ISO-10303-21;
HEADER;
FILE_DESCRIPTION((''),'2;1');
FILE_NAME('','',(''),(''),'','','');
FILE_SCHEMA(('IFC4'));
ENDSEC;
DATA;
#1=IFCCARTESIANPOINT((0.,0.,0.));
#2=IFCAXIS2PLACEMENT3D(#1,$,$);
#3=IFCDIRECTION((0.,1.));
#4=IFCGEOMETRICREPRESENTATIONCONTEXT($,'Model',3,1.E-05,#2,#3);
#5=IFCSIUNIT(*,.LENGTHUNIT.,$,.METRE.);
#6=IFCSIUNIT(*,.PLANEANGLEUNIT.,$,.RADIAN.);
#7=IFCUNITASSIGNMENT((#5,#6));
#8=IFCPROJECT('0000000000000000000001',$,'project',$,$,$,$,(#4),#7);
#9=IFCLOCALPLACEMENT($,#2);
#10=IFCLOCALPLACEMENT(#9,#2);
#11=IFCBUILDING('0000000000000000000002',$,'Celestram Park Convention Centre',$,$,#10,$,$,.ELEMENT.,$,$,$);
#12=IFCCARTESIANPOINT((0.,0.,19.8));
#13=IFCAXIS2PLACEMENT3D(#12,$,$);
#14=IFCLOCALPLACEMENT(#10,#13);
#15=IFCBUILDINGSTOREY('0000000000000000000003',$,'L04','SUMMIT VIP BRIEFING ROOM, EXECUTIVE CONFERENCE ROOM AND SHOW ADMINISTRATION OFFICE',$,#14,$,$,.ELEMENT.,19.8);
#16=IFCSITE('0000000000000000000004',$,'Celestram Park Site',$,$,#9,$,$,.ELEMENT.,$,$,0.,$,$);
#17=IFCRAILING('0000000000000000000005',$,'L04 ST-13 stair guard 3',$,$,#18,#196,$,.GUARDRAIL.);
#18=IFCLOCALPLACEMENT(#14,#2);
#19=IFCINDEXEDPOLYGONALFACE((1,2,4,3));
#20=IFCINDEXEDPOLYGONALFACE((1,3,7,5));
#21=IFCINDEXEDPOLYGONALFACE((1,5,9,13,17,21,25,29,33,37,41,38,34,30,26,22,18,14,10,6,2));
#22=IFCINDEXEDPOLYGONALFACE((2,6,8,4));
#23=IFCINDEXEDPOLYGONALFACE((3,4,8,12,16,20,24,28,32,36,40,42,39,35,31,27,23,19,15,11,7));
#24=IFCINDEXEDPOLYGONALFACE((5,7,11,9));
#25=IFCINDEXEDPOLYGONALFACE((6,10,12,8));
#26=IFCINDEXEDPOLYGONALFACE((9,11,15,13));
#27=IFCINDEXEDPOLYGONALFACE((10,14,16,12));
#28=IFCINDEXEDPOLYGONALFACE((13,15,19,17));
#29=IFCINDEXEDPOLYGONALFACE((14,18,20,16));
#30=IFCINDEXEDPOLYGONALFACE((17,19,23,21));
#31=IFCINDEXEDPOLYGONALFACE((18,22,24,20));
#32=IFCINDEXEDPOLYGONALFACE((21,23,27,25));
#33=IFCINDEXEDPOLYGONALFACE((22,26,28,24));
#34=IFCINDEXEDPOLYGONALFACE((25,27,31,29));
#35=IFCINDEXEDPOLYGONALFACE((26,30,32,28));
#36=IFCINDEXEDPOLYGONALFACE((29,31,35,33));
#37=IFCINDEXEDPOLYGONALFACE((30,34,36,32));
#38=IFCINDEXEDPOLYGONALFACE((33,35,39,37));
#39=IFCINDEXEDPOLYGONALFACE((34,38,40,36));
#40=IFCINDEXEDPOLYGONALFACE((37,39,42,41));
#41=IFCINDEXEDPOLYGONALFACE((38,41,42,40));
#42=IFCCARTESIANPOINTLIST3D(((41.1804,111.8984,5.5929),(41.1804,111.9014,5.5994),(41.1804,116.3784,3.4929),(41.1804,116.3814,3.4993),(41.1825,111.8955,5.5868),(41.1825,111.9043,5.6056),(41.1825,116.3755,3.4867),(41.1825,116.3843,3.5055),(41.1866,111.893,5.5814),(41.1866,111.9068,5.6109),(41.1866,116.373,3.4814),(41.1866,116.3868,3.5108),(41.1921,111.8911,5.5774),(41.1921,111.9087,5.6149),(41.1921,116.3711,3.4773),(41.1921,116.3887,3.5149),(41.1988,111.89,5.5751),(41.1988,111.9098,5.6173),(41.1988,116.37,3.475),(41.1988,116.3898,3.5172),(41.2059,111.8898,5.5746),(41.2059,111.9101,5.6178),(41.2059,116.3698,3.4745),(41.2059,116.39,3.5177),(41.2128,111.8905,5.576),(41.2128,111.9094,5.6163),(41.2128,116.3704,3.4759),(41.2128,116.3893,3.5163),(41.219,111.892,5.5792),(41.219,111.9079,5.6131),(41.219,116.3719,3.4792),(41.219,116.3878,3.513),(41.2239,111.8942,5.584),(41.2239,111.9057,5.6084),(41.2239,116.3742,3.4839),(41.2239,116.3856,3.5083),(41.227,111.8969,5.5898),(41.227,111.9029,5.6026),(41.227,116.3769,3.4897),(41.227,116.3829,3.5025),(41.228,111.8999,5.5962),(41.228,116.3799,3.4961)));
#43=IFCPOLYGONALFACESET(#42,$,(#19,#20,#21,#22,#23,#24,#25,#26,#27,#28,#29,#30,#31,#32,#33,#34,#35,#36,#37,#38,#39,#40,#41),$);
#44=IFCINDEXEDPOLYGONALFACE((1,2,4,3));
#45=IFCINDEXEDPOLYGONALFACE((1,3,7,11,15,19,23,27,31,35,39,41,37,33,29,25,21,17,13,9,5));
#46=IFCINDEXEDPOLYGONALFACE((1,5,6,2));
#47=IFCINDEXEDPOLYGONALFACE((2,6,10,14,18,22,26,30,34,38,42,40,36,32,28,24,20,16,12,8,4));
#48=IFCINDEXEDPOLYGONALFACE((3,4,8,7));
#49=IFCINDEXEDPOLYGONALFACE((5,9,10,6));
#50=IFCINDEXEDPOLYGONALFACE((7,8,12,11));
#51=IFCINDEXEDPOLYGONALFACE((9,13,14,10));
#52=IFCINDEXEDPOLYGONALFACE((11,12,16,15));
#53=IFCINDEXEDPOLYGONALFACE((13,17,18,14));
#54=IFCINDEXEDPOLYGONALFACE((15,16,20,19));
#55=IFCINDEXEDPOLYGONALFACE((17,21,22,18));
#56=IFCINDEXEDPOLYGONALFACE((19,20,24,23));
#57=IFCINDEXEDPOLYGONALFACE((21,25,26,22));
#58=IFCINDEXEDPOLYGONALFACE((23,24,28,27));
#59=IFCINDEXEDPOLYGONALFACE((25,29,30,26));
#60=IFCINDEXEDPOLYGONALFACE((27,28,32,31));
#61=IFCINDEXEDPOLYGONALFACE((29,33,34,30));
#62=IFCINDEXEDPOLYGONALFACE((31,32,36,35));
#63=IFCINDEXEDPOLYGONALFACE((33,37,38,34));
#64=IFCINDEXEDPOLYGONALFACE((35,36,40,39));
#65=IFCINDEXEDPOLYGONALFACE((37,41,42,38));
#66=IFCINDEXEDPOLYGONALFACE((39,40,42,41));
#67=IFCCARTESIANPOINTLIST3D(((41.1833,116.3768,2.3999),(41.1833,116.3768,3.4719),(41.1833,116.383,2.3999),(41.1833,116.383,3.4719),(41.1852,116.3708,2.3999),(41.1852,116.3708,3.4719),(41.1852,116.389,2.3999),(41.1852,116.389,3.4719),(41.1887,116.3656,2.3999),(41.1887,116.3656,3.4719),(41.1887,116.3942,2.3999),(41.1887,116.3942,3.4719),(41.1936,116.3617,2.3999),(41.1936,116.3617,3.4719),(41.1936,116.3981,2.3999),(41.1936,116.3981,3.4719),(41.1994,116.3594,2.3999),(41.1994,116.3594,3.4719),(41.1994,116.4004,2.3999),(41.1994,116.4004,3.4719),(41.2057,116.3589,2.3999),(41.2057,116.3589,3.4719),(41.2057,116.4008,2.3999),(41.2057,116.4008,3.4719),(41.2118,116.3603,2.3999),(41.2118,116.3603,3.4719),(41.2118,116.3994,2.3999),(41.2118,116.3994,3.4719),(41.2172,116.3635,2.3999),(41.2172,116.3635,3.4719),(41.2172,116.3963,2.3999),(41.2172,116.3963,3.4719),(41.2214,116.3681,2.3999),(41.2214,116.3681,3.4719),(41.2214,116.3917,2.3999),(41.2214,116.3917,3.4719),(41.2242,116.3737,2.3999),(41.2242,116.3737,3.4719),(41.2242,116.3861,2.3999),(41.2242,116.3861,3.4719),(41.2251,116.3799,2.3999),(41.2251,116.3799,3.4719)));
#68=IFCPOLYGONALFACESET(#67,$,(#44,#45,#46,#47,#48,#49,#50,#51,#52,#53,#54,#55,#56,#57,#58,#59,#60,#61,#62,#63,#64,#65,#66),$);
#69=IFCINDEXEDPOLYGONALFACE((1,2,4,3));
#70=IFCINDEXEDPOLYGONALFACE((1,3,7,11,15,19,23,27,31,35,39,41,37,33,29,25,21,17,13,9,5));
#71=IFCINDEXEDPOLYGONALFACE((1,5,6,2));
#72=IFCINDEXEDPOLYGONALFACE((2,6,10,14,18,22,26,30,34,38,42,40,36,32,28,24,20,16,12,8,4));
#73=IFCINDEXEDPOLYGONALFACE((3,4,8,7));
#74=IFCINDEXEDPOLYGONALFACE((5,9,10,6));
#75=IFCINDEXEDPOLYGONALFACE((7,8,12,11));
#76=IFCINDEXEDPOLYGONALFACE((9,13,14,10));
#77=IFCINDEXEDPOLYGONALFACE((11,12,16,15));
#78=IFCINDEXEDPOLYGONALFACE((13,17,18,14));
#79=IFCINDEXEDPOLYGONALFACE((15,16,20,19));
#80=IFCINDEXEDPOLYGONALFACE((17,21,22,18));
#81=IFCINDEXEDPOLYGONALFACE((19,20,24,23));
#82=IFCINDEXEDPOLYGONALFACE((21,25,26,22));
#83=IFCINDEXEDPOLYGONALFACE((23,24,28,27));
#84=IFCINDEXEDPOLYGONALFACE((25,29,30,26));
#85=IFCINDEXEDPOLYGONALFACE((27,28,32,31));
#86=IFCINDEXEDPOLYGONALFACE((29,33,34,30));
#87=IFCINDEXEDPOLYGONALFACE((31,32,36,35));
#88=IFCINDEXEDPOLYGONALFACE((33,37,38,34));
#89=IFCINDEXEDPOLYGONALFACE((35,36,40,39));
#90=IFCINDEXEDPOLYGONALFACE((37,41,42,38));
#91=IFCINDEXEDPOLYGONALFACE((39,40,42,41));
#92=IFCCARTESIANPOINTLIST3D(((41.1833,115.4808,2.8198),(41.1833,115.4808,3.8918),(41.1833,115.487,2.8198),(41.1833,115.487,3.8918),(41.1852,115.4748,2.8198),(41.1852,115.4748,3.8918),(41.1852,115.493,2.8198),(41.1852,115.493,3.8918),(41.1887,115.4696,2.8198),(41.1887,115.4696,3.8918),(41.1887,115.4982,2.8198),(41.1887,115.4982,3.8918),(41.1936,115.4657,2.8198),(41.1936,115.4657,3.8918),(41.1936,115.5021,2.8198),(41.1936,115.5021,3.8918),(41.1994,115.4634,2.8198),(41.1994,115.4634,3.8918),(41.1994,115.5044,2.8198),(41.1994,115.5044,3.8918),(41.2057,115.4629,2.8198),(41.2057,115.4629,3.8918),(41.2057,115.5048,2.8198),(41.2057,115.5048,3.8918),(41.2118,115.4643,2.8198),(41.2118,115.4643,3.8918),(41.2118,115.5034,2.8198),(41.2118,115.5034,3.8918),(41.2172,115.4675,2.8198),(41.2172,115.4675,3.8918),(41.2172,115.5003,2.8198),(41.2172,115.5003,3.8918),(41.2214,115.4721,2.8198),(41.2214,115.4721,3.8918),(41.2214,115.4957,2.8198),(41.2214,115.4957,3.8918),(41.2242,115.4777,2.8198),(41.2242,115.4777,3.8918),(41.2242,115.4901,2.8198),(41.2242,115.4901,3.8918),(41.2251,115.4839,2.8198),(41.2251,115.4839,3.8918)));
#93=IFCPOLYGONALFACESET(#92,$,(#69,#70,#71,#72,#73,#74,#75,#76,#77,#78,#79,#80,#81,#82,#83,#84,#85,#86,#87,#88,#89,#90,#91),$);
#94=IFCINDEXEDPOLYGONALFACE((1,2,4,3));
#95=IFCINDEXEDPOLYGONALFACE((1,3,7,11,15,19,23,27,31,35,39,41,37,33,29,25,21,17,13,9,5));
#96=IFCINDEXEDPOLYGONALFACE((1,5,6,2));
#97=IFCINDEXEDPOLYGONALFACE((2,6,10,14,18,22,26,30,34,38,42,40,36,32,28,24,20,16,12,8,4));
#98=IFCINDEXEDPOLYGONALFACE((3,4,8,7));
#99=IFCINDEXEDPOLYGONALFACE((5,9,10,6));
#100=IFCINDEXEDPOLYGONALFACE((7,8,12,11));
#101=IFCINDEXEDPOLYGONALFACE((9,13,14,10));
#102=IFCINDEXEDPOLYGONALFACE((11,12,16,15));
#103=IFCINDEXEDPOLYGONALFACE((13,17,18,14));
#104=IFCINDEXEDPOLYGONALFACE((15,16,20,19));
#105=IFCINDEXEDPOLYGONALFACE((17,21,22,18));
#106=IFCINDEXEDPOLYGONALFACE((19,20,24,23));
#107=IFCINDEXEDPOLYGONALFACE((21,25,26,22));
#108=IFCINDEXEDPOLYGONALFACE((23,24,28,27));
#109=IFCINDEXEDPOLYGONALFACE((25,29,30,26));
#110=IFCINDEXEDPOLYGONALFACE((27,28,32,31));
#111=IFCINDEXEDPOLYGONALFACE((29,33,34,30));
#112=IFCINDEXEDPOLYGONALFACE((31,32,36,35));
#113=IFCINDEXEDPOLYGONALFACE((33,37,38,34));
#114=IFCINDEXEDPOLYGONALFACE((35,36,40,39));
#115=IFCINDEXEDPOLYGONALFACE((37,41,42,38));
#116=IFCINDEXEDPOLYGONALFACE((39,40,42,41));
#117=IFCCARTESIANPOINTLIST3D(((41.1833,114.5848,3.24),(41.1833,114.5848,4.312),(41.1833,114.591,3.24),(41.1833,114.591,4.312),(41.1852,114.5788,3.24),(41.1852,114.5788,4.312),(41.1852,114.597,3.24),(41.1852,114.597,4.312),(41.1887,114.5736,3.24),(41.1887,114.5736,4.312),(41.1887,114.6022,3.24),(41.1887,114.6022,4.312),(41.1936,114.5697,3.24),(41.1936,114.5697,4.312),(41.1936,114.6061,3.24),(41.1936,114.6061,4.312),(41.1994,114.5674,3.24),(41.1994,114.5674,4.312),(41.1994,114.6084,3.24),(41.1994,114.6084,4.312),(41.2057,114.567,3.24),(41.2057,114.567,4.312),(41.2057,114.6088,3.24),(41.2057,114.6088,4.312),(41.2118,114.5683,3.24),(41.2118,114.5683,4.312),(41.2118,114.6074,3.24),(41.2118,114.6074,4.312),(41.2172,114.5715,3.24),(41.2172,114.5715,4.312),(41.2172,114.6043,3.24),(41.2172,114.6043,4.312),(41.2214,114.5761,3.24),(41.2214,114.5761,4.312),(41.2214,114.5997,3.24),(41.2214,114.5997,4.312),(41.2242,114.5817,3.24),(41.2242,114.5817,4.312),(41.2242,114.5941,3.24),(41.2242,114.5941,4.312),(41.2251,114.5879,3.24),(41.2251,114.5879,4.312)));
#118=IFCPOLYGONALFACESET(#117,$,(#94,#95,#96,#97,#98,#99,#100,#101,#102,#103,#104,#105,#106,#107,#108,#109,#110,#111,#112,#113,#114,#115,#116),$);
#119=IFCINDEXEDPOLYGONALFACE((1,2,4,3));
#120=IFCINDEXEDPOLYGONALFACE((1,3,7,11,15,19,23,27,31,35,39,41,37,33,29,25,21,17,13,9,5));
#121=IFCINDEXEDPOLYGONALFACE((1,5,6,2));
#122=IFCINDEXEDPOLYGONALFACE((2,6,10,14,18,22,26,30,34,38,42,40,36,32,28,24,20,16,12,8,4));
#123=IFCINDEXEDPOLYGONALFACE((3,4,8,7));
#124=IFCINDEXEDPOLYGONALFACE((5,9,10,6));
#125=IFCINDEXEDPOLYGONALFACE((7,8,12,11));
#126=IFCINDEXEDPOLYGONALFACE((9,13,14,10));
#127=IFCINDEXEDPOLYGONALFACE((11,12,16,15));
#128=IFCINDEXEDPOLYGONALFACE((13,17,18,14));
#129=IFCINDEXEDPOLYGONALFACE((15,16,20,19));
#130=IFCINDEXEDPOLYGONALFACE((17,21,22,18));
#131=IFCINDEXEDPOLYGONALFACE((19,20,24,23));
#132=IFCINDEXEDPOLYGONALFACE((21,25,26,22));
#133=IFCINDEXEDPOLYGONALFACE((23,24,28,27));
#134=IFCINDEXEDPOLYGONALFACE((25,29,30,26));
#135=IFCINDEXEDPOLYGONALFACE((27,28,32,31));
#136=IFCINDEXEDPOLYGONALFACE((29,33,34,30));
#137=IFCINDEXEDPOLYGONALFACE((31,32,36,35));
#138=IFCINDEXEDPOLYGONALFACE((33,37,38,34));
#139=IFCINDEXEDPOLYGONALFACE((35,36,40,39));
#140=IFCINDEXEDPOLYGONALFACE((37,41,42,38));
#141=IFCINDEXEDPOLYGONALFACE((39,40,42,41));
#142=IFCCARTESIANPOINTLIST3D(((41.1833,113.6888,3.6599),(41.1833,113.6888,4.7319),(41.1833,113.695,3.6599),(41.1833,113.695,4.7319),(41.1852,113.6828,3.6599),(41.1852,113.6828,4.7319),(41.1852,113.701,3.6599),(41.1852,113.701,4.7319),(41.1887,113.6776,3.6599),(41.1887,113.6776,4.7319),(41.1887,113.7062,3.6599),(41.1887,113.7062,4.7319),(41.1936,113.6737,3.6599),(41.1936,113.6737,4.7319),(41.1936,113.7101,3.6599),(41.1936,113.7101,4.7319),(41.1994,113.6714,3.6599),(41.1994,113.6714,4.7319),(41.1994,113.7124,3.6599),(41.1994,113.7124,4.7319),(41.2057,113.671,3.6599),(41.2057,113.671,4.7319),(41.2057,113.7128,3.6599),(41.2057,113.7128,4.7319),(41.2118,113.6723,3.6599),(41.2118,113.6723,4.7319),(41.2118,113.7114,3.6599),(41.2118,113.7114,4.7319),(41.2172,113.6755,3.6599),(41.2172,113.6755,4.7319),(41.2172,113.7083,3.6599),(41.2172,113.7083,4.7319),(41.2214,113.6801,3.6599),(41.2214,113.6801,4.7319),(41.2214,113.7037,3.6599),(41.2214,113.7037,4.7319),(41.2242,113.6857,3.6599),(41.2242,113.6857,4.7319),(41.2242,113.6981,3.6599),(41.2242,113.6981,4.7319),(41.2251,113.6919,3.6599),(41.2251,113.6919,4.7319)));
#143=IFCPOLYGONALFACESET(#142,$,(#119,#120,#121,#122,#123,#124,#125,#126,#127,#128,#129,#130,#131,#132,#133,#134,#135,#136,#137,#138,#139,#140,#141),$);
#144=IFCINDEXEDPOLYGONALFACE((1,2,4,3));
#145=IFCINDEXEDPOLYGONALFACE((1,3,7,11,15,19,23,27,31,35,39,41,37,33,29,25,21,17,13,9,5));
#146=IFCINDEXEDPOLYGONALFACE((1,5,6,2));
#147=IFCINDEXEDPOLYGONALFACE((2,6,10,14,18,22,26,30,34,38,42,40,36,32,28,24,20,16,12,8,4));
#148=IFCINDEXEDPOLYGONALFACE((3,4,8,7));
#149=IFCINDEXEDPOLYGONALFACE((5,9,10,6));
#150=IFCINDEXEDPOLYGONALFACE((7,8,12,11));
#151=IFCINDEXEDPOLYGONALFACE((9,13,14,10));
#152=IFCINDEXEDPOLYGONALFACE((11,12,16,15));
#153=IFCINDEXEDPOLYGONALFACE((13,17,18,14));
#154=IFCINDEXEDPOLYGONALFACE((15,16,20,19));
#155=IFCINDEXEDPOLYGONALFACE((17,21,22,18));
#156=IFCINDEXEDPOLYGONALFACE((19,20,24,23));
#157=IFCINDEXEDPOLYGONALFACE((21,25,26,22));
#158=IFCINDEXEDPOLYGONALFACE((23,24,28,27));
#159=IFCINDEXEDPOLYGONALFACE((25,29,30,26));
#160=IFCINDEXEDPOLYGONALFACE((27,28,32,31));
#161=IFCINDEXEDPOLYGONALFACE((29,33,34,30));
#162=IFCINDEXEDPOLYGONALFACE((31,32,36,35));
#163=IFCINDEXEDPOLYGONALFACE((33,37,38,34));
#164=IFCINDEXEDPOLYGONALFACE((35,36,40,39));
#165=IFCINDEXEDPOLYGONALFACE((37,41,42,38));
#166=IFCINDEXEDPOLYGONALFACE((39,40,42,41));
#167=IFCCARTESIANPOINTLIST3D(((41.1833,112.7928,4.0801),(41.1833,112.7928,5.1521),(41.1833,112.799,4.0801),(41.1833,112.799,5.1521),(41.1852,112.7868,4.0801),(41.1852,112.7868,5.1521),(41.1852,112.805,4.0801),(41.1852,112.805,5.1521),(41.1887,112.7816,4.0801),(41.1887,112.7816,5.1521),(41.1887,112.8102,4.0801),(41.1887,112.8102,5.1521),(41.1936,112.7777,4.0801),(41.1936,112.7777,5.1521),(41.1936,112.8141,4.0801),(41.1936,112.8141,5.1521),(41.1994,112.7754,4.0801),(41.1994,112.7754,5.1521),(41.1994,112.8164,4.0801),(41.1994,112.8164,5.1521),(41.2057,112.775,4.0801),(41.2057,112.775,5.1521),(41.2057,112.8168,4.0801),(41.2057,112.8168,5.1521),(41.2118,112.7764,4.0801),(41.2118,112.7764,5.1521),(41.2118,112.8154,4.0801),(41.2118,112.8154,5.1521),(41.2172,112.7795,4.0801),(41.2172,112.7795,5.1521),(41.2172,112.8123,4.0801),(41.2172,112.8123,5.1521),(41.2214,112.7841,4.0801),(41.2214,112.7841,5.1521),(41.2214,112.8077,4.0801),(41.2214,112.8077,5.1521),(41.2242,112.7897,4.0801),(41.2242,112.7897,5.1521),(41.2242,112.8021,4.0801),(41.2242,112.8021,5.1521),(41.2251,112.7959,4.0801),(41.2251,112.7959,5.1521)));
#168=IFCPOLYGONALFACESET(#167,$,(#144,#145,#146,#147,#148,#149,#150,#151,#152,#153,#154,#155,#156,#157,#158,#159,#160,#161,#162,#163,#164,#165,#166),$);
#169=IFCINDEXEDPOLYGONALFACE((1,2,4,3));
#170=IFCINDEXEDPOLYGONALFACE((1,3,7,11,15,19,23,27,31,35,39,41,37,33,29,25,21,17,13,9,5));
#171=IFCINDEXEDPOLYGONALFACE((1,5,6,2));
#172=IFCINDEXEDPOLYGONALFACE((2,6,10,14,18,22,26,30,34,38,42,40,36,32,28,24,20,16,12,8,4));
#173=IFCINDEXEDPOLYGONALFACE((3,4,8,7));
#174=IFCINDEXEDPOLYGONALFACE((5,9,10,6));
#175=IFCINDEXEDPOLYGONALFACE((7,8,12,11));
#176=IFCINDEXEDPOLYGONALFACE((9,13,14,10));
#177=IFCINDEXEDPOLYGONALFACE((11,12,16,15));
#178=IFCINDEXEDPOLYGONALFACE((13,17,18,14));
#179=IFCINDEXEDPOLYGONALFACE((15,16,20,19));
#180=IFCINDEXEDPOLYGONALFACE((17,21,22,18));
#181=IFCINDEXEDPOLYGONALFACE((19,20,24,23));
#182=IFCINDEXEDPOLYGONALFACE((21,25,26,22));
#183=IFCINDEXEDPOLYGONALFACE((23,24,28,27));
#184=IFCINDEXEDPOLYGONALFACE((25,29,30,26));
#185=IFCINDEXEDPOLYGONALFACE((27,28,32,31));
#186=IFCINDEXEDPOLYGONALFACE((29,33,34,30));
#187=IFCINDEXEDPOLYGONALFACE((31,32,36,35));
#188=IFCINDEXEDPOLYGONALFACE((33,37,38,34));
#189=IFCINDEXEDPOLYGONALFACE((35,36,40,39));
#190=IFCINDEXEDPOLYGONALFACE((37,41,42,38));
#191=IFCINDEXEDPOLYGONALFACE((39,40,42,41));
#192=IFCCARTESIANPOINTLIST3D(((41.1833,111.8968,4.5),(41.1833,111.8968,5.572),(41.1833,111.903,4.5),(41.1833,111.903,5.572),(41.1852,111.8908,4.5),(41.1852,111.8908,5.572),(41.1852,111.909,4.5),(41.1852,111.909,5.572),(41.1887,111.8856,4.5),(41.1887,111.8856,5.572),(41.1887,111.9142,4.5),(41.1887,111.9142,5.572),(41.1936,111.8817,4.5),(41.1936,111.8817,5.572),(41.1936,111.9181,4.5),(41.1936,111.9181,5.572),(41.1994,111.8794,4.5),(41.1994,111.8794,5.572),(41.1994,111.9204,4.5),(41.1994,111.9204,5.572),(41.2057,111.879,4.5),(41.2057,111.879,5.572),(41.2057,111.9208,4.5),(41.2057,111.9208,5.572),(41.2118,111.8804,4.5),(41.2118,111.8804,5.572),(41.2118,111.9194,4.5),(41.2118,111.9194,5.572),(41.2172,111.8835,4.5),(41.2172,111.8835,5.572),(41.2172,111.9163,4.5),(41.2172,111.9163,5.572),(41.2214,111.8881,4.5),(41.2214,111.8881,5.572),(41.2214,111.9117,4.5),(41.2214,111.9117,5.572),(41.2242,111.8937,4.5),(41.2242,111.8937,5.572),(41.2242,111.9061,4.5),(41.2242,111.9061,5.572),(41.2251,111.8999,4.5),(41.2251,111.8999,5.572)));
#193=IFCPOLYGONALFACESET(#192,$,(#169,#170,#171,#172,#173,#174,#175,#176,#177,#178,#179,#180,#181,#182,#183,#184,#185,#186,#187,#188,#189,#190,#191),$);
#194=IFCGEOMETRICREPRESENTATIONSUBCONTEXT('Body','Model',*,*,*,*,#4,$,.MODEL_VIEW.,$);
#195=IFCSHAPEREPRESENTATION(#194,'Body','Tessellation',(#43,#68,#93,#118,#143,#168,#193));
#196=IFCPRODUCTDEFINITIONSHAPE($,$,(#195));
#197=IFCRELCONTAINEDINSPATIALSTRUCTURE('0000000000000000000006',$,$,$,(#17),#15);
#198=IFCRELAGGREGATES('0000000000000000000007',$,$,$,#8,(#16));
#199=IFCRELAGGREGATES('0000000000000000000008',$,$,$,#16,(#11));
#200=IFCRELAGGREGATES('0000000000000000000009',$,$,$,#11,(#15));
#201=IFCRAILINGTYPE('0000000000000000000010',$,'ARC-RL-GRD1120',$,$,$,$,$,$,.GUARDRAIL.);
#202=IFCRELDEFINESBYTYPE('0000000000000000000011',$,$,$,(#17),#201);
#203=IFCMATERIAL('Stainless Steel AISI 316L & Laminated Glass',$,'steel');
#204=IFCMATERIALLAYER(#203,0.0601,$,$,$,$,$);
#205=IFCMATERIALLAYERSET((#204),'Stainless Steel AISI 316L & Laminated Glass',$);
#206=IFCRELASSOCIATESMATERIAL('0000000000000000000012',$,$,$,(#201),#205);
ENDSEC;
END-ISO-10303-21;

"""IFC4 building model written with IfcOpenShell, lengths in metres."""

from ifc_helpers import new_model, si_unit, direction, frame, origin, origin_2d, place, context, subcontext, project, spatial, circle, extrude, material, layer, layer_set, type_object, element, save


model = new_model("IFC4")

# Units and contexts
model_context = context("Model", 3, precision=1e-05, world=origin(), true_north=direction((0.0, 1.0)))
body_context = subcontext(model_context, "Body", "Model", "MODEL_VIEW")
ifc_project = project(units=[si_unit("LENGTHUNIT", "METRE"), si_unit("PLANEANGLEUNIT", "RADIAN")], contexts=[model_context])

# Site, building, storey
site_placement = place(None, origin())
site = spatial("IfcSite", under=ifc_project, at=site_placement, Name="Celestram Park Site", CompositionType="ELEMENT", RefElevation=0.0)
building_placement = place(site_placement, origin())
building = spatial("IfcBuilding", under=site, at=building_placement, Name="Celestram Park Convention Centre", CompositionType="ELEMENT")
storey_placement = place(building_placement, frame((0.0, 0.0, 19.8)))
storey = spatial("IfcBuildingStorey", under=building, at=storey_placement, Name="L04", Description="SUMMIT VIP BRIEFING ROOM, EXECUTIVE CONFERENCE ROOM AND SHOW ADMINISTRATION OFFICE", CompositionType="ELEMENT", Elevation=19.8)

# Railing
ifc_material_1 = material(Name="Stainless Steel AISI 316L & Laminated Glass", Category="steel")
ifc_layer_1 = layer(ifc_material_1, 0.0601)
ifc_layer_set_1 = layer_set([ifc_layer_1], Name="Stainless Steel AISI 316L & Laminated Glass")
railing_type_1 = type_object("IfcRailingType", Name="ARC-RL-GRD1120", PredefinedType="GUARDRAIL", material=ifc_layer_set_1)
railing_1_placement = place(storey_placement, frame((41.2041, 116.3799, 2.3999)))
element("IfcRailing", 1, at=railing_1_placement, inside=storey, type_object=railing_type_1, Name="L04 ST-13 stair guard 3", PredefinedType="GUARDRAIL", context=body_context, shape_type="SweptSolid", body=[
    extrude(circle(Radius=0.0239, at=origin_2d()), frame((0.0, 0.0, 1.0962), z_axis=(0.0, -0.905451, 0.424452), x_axis=(1.0, 0.0, 0.0)), (0.0, 0.0, 1.0), 4.9478),
    extrude(circle(Radius=0.021, at=origin_2d()), origin(), (0.0, 0.0, 1.0), 1.072),
    extrude(circle(Radius=0.021, at=origin_2d()), frame((0.0, -0.896, 0.4199)), (0.0, 0.0, 1.0), 1.072),
    extrude(circle(Radius=0.021, at=origin_2d()), frame((0.0, -1.792, 0.8401)), (0.0, 0.0, 1.0), 1.072),
    extrude(circle(Radius=0.021, at=origin_2d()), frame((0.0, -2.688, 1.26)), (0.0, 0.0, 1.0), 1.072),
    extrude(circle(Radius=0.021, at=origin_2d()), frame((0.0, -3.584, 1.6802)), (0.0, 0.0, 1.0), 1.072),
    extrude(circle(Radius=0.021, at=origin_2d()), frame((0.0, -4.48, 2.1001)), (0.0, 0.0, 1.0), 1.072),
])

save(model, "model.ifc")
